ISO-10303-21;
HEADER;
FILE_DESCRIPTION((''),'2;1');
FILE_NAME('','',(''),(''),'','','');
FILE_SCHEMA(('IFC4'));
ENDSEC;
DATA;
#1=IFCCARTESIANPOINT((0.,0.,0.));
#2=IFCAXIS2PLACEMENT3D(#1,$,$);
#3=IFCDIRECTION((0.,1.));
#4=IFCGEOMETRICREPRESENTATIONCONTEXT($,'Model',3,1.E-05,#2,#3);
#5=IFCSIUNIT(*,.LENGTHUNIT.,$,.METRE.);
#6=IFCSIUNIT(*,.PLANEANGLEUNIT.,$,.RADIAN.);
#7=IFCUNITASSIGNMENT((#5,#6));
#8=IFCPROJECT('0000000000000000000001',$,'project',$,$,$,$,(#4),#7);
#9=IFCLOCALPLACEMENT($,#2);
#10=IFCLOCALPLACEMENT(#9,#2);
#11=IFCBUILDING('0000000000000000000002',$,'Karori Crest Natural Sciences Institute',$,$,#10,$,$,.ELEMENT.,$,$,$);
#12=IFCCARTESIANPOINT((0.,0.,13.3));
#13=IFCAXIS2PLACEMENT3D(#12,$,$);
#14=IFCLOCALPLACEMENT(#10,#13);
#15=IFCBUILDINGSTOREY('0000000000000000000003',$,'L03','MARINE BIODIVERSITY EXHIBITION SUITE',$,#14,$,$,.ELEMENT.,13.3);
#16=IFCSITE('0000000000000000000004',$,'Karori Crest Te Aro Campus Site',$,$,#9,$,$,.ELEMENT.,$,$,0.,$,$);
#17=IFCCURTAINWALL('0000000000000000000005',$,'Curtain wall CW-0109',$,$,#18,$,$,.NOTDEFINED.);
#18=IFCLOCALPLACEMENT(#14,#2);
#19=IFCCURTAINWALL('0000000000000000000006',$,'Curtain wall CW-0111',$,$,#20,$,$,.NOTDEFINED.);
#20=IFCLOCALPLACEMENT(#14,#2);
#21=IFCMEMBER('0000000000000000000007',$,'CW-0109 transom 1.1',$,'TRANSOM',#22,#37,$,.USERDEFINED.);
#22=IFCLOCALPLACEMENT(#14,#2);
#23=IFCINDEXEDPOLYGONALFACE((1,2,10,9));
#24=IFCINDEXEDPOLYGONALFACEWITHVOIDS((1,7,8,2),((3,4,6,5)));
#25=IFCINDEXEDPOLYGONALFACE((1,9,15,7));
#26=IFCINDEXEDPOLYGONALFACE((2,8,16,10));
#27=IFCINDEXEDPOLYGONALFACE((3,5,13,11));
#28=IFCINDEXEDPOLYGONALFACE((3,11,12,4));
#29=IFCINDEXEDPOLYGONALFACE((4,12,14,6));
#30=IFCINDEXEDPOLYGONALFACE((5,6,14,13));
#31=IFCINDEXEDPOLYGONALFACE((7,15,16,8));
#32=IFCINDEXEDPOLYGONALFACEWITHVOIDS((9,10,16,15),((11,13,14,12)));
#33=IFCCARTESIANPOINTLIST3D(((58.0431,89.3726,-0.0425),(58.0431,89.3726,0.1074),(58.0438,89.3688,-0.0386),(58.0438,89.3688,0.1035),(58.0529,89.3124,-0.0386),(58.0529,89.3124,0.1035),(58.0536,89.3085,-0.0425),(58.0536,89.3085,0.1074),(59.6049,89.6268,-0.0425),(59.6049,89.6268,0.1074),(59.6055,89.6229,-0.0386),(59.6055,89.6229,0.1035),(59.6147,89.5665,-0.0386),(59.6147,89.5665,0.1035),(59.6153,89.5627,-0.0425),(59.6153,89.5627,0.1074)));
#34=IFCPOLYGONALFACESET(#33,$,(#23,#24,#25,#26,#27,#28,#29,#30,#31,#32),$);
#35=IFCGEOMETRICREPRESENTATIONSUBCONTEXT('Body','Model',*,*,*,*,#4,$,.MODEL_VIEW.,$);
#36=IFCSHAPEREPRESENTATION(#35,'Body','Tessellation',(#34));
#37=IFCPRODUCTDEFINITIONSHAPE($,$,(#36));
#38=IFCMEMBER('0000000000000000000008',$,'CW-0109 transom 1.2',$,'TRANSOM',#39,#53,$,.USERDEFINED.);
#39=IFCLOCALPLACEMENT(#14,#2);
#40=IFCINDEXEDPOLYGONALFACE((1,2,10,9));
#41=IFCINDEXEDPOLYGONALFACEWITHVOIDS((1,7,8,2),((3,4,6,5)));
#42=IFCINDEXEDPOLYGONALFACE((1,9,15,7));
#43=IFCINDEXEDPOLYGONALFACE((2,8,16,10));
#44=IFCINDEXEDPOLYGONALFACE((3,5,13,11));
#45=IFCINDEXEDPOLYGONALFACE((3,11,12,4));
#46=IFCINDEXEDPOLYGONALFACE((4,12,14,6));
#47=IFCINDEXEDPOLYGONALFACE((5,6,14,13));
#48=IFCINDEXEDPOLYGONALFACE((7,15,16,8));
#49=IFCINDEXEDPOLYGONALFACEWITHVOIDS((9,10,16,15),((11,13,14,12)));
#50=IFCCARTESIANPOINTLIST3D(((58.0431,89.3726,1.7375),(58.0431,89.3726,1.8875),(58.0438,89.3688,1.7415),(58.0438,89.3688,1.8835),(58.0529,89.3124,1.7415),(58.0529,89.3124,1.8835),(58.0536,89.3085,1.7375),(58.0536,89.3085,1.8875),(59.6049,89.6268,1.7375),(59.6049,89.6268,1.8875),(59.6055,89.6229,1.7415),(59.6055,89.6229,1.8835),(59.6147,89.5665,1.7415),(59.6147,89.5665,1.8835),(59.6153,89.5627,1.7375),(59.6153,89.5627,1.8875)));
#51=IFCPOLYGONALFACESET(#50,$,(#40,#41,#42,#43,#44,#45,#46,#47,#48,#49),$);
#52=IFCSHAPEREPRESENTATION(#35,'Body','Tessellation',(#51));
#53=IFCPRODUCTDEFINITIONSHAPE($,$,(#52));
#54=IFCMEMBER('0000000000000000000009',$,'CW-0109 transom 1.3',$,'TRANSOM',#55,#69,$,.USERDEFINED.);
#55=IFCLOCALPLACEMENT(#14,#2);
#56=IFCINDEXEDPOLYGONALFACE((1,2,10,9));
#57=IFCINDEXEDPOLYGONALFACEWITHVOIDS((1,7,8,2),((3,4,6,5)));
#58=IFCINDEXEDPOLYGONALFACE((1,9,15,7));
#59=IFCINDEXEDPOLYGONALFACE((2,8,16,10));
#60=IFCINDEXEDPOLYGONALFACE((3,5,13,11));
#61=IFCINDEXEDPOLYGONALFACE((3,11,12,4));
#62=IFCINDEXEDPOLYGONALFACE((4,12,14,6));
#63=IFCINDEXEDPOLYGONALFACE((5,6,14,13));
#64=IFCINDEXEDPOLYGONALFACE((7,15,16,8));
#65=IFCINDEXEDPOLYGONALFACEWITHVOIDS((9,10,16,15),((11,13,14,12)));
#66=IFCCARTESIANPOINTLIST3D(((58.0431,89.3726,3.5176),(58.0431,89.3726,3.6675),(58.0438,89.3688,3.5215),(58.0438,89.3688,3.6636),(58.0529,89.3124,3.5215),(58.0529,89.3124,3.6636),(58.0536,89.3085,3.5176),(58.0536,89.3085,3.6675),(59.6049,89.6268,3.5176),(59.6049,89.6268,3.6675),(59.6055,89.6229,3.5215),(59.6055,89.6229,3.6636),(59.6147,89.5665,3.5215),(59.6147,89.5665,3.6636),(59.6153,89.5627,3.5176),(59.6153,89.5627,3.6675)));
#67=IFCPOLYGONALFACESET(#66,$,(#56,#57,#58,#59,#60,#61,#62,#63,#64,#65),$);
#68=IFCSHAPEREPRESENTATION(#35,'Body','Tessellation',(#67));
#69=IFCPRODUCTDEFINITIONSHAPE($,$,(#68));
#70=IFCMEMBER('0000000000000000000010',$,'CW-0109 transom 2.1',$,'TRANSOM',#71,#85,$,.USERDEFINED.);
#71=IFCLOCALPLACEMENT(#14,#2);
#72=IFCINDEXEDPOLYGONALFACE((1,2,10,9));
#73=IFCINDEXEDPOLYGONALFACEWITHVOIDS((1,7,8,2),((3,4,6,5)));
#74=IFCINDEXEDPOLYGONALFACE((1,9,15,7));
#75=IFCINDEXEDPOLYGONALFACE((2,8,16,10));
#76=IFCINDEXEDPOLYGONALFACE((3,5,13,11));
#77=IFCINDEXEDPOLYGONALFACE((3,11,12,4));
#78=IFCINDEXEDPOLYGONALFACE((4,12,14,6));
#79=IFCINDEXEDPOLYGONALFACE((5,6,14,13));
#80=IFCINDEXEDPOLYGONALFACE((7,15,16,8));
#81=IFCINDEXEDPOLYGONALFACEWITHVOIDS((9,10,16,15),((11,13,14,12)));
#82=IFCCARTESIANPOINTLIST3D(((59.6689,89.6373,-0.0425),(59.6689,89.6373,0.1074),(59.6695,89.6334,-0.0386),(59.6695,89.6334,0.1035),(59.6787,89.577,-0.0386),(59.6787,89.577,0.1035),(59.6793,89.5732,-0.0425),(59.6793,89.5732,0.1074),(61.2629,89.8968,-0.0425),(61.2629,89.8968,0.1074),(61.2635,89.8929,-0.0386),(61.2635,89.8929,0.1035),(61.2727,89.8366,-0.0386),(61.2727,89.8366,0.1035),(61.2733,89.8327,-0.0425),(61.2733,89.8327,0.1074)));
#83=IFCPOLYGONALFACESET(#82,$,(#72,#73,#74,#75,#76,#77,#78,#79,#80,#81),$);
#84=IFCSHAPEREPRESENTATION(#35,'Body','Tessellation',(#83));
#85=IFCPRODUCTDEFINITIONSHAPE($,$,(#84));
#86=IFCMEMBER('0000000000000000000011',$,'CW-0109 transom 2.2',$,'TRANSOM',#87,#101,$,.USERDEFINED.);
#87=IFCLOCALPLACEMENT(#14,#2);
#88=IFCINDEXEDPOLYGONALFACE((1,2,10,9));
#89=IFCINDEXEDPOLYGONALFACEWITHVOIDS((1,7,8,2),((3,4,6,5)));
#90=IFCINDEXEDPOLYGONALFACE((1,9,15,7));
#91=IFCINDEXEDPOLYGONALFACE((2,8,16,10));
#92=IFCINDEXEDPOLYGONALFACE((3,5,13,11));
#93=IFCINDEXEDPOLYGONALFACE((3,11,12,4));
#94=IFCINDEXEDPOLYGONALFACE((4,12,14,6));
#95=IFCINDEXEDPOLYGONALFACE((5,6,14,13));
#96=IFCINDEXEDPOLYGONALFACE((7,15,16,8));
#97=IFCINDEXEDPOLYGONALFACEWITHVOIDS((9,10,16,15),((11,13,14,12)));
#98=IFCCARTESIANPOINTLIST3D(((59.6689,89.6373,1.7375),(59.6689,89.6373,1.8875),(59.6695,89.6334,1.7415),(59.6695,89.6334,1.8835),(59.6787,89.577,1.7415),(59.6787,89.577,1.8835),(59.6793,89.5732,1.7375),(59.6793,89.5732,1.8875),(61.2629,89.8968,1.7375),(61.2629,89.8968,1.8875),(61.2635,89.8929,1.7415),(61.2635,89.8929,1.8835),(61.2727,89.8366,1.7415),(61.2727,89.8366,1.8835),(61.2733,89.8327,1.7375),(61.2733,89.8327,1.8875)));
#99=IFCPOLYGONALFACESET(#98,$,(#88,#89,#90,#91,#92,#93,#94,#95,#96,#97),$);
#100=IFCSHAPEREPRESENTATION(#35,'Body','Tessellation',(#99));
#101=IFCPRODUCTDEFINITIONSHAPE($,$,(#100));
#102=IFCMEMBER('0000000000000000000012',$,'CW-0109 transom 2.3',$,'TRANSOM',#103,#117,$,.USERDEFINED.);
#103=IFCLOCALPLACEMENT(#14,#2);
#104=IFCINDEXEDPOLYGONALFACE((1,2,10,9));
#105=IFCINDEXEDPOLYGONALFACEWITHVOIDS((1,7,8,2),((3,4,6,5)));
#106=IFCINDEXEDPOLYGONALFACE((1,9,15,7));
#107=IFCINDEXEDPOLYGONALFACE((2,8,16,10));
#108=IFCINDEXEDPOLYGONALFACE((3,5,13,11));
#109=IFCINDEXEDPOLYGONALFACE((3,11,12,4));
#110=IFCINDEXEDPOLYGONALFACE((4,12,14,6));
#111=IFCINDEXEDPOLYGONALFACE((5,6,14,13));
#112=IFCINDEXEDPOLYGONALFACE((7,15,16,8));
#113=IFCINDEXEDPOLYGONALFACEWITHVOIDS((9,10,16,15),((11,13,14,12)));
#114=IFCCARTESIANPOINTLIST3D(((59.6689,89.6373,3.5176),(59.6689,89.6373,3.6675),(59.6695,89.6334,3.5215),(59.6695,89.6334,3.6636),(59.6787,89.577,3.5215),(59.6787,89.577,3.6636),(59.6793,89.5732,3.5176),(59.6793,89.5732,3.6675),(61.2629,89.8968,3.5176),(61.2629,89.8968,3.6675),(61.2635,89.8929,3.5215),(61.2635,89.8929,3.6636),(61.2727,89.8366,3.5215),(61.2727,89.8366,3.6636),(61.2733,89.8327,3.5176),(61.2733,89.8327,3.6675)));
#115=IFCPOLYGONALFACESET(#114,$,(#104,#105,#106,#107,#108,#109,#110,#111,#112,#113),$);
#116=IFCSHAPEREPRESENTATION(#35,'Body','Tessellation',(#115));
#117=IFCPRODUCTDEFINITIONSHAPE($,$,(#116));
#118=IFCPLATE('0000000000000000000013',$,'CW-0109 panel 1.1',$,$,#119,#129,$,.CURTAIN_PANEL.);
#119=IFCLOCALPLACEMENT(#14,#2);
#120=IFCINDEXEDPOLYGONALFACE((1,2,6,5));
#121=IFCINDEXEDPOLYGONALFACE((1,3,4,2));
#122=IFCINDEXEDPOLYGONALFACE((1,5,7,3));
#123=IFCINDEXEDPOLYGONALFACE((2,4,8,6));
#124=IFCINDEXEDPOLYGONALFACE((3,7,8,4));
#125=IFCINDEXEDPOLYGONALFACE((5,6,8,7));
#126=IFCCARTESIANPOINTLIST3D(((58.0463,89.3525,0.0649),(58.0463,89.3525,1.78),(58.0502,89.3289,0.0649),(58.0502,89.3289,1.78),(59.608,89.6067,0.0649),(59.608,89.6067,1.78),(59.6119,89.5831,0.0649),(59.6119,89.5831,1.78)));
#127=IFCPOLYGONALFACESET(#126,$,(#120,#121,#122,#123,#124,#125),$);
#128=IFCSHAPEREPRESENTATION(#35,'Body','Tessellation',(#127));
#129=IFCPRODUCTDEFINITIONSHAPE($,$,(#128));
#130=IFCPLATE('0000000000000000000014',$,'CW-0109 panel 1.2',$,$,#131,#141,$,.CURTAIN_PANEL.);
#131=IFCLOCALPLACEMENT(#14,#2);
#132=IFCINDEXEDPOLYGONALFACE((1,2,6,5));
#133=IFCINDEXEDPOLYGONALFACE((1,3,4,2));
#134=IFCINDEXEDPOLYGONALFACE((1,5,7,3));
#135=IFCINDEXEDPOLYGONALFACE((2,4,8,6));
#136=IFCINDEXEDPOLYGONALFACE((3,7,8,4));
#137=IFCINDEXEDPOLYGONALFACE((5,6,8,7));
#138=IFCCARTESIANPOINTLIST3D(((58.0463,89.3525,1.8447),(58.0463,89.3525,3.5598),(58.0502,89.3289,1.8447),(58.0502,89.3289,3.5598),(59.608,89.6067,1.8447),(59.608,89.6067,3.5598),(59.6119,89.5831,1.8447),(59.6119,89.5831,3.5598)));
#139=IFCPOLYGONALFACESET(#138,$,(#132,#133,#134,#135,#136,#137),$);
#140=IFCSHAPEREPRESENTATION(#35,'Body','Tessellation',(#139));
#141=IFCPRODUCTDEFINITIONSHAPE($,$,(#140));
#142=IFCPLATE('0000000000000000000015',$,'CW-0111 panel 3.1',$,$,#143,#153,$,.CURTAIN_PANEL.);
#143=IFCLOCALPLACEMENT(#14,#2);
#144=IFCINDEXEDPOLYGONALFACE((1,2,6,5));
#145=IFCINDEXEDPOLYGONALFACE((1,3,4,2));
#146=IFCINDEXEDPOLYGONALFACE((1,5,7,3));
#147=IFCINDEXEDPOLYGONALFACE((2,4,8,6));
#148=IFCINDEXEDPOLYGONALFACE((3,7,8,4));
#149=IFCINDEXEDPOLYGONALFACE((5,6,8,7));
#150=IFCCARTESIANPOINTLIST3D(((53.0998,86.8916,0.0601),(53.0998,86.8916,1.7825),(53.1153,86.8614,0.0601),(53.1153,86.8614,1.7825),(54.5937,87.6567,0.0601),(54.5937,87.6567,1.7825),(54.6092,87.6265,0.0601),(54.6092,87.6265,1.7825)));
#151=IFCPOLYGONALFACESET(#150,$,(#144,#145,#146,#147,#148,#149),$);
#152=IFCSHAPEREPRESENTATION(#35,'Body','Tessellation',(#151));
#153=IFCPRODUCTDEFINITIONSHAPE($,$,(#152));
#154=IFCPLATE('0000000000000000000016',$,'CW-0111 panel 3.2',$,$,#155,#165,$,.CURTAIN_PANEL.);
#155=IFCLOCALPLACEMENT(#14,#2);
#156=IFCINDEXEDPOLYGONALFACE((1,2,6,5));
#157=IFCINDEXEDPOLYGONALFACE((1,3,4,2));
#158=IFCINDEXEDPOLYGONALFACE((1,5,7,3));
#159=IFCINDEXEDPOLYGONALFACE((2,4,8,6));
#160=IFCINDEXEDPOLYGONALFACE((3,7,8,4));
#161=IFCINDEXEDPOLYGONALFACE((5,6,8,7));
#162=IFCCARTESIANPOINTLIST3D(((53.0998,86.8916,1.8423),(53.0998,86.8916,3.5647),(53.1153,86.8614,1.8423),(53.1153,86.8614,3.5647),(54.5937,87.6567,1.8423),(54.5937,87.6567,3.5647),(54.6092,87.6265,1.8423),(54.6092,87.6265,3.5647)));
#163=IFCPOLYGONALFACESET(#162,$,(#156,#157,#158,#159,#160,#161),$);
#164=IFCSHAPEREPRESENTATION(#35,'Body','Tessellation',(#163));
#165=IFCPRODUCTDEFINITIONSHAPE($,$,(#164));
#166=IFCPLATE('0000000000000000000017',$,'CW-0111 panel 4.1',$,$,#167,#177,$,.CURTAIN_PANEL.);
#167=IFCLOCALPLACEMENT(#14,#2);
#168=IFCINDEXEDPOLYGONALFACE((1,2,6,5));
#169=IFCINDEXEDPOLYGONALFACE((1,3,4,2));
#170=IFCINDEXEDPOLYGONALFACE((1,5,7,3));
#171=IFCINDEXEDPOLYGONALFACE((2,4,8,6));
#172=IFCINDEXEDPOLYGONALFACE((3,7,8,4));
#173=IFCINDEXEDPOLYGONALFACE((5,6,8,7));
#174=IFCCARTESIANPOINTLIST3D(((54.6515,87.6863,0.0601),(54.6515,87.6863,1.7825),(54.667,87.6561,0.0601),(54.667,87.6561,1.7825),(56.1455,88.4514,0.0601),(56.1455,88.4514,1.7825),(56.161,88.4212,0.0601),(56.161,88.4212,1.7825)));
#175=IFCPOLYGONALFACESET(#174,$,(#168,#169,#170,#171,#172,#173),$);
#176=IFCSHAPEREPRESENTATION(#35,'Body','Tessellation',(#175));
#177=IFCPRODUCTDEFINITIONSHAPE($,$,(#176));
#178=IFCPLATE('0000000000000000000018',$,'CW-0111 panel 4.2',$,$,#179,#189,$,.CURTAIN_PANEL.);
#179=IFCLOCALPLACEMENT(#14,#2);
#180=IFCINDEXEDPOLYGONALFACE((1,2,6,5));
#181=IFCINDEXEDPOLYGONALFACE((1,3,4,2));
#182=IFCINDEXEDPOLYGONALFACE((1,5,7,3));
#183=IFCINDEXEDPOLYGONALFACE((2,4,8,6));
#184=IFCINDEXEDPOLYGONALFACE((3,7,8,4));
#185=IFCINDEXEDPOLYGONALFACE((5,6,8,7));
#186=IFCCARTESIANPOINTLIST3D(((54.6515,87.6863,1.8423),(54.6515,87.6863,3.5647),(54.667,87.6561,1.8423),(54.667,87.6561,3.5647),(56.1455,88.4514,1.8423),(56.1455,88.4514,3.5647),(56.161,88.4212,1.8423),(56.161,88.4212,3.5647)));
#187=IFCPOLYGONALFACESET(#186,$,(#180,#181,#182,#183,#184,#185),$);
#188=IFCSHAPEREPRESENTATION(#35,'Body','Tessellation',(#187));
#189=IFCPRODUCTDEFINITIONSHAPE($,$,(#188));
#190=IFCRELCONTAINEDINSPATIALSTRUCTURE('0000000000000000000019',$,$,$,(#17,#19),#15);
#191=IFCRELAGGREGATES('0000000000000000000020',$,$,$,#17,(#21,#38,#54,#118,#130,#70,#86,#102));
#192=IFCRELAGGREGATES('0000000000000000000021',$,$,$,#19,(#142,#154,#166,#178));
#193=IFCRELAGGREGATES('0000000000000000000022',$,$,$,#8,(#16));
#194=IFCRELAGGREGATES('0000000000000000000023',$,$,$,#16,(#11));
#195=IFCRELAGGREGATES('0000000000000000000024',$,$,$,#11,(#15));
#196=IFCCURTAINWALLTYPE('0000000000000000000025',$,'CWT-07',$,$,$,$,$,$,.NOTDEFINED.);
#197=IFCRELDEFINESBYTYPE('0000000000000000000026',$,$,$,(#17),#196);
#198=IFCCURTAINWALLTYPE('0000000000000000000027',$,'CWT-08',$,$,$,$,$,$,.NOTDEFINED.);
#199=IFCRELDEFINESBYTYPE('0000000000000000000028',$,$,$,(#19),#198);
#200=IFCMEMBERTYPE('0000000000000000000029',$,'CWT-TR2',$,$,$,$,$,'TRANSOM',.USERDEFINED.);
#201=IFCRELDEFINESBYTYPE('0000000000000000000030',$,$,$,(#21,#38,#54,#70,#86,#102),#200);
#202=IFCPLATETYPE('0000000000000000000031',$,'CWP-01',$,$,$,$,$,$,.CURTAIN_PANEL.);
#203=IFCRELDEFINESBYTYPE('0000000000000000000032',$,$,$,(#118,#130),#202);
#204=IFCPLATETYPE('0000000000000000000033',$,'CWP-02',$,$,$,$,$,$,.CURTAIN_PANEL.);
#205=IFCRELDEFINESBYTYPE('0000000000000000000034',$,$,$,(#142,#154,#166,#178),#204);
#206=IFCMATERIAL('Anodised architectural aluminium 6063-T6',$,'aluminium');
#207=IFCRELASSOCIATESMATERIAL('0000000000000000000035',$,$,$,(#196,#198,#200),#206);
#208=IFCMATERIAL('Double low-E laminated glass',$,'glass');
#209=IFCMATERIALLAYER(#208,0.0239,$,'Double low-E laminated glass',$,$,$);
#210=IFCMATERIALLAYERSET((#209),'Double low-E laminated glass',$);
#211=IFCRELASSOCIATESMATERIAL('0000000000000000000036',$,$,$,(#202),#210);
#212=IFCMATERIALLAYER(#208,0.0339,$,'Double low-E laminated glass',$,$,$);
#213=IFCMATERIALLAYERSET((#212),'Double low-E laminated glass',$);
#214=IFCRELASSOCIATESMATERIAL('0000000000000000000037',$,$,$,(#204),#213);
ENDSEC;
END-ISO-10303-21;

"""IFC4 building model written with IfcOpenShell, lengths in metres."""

from ifc_helpers import new_model, si_unit, direction, frame, origin, origin_2d, place, context, subcontext, project, spatial, rectangle, hollow_rectangle, extrude, material, layer, layer_set, material_profile, profile_set, type_object, element, aggregate, save


model = new_model("IFC4")

# Units and contexts
model_context = context("Model", 3, precision=1e-05, world=origin(), true_north=direction((0.0, 1.0)))
body_context = subcontext(model_context, "Body", "Model", "MODEL_VIEW")
ifc_project = project(units=[si_unit("LENGTHUNIT", "METRE"), si_unit("PLANEANGLEUNIT", "RADIAN")], contexts=[model_context])

# Site, building, storey
site_placement = place(None, origin())
site = spatial("IfcSite", under=ifc_project, at=site_placement, Name="Karori Crest Te Aro Campus Site", CompositionType="ELEMENT", RefElevation=0.0)
building_placement = place(site_placement, origin())
building = spatial("IfcBuilding", under=site, at=building_placement, Name="Karori Crest Natural Sciences Institute", CompositionType="ELEMENT")
storey_placement = place(building_placement, frame((0.0, 0.0, 13.3)))
storey = spatial("IfcBuildingStorey", under=building, at=storey_placement, Name="L03", Description="MARINE BIODIVERSITY EXHIBITION SUITE", CompositionType="ELEMENT", Elevation=13.3)

# Curtain walls
ifc_material_1 = material(Name="Anodised architectural aluminium 6063-T6", Category="aluminium")
curtain_wall_type_1 = type_object("IfcCurtainWallType", Name="CWT-07", PredefinedType="NOTDEFINED", material=ifc_material_1)
curtain_wall_1_placement = place(storey_placement, origin())
curtain_wall_1 = element("IfcCurtainWall", 1, at=curtain_wall_1_placement, inside=storey, type_object=curtain_wall_type_1, Name="Curtain wall CW-0109", PredefinedType="NOTDEFINED")
curtain_wall_type_2 = type_object("IfcCurtainWallType", Name="CWT-08", PredefinedType="NOTDEFINED", material=ifc_material_1)
curtain_wall_2_placement = place(storey_placement, origin())
curtain_wall_2 = element("IfcCurtainWall", 2, at=curtain_wall_2_placement, inside=storey, type_object=curtain_wall_type_2, Name="Curtain wall CW-0111", PredefinedType="NOTDEFINED")

# Members
ifc_material_profile_1 = material_profile(ifc_material_1, hollow_rectangle(XDim=0.0649, YDim=0.1499, WallThickness=0.0039, at=origin_2d()), Name="CWT150x65x4")
ifc_profile_set_1 = profile_set([ifc_material_profile_1], Name="Anodised architectural aluminium 6063-T6")
member_type_1 = type_object("IfcMemberType", Name="CWT-TR2", ElementType="TRANSOM", PredefinedType="USERDEFINED", material=ifc_profile_set_1)
member_1_placement = place(storey_placement, frame((58.0483, 89.3406, 0.0325), z_axis=(0.987016, 0.16062, 0.0), x_axis=(-0.16062, 0.987016, 0.0)))
member_1 = element("IfcMember", 3, at=member_1_placement, type_object=member_type_1, Name="CW-0109 transom 1.1", ObjectType="TRANSOM", PredefinedType="USERDEFINED", context=body_context, shape_type="SweptSolid", body=[
    extrude(hollow_rectangle(XDim=0.0649, YDim=0.1499, WallThickness=0.0039, at=origin_2d()), origin(), (0.0, 0.0, 1.0), 1.5823),
])
member_2_placement = place(storey_placement, frame((58.0483, 89.3406, 1.8125), z_axis=(0.987016, 0.16062, 0.0), x_axis=(-0.16062, 0.987016, 0.0)))
member_2 = element("IfcMember", 4, at=member_2_placement, type_object=member_type_1, Name="CW-0109 transom 1.2", ObjectType="TRANSOM", PredefinedType="USERDEFINED", context=body_context, shape_type="SweptSolid", body=[
    extrude(hollow_rectangle(XDim=0.0649, YDim=0.1499, WallThickness=0.0039, at=origin_2d()), origin(), (0.0, 0.0, 1.0), 1.5823),
])
member_3_placement = place(storey_placement, frame((58.0483, 89.3406, 3.5925), z_axis=(0.987016, 0.16062, 0.0), x_axis=(-0.16062, 0.987016, 0.0)))
member_3 = element("IfcMember", 5, at=member_3_placement, type_object=member_type_1, Name="CW-0109 transom 1.3", ObjectType="TRANSOM", PredefinedType="USERDEFINED", context=body_context, shape_type="SweptSolid", body=[
    extrude(hollow_rectangle(XDim=0.0649, YDim=0.1499, WallThickness=0.0039, at=origin_2d()), origin(), (0.0, 0.0, 1.0), 1.5823),
])
member_4_placement = place(storey_placement, frame((59.6741, 89.6052, 0.0325), z_axis=(0.987004, 0.160696, 0.0), x_axis=(-0.160696, 0.987004, 0.0)))
member_4 = element("IfcMember", 6, at=member_4_placement, type_object=member_type_1, Name="CW-0109 transom 2.1", ObjectType="TRANSOM", PredefinedType="USERDEFINED", context=body_context, shape_type="SweptSolid", body=[
    extrude(hollow_rectangle(XDim=0.0649, YDim=0.1499, WallThickness=0.0039, at=origin_2d()), origin(), (0.0, 0.0, 1.0), 1.615),
])
member_5_placement = place(storey_placement, frame((59.6741, 89.6052, 1.8125), z_axis=(0.987004, 0.160696, 0.0), x_axis=(-0.160696, 0.987004, 0.0)))
member_5 = element("IfcMember", 7, at=member_5_placement, type_object=member_type_1, Name="CW-0109 transom 2.2", ObjectType="TRANSOM", PredefinedType="USERDEFINED", context=body_context, shape_type="SweptSolid", body=[
    extrude(hollow_rectangle(XDim=0.0649, YDim=0.1499, WallThickness=0.0039, at=origin_2d()), origin(), (0.0, 0.0, 1.0), 1.615),
])
member_6_placement = place(storey_placement, frame((59.6741, 89.6052, 3.5925), z_axis=(0.987004, 0.160696, 0.0), x_axis=(-0.160696, 0.987004, 0.0)))
member_6 = element("IfcMember", 8, at=member_6_placement, type_object=member_type_1, Name="CW-0109 transom 2.3", ObjectType="TRANSOM", PredefinedType="USERDEFINED", context=body_context, shape_type="SweptSolid", body=[
    extrude(hollow_rectangle(XDim=0.0649, YDim=0.1499, WallThickness=0.0039, at=origin_2d()), origin(), (0.0, 0.0, 1.0), 1.615),
])

# Plates
ifc_material_2 = material(Name="Double low-E laminated glass", Category="glass")
ifc_layer_1 = layer(ifc_material_2, 0.0239, Name="Double low-E laminated glass")
ifc_layer_set_1 = layer_set([ifc_layer_1], Name="Double low-E laminated glass")
plate_type_1 = type_object("IfcPlateType", Name="CWP-01", PredefinedType="CURTAIN_PANEL", material=ifc_layer_set_1)
plate_1_placement = place(storey_placement, frame((58.8291, 89.4678, 0.0649), z_axis=(0.0, 0.0, 1.0), x_axis=(0.987011, 0.16065, 0.0)))
plate_1 = element("IfcPlate", 9, at=plate_1_placement, type_object=plate_type_1, Name="CW-0109 panel 1.1", PredefinedType="CURTAIN_PANEL", context=body_context, shape_type="SweptSolid", body=[
    extrude(rectangle(XDim=1.5823, YDim=0.0239, at=origin_2d()), origin(), (0.0, 0.0, 1.0), 1.7151),
])
plate_2_placement = place(storey_placement, frame((58.8291, 89.4678, 1.8447), z_axis=(0.0, 0.0, 1.0), x_axis=(0.987011, 0.16065, 0.0)))
plate_2 = element("IfcPlate", 10, at=plate_2_placement, type_object=plate_type_1, Name="CW-0109 panel 1.2", PredefinedType="CURTAIN_PANEL", context=body_context, shape_type="SweptSolid", body=[
    extrude(rectangle(XDim=1.5823, YDim=0.0239, at=origin_2d()), origin(), (0.0, 0.0, 1.0), 1.7151),
])
aggregate(curtain_wall_1, [member_1, member_2, member_3, plate_1, plate_2, member_4, member_5, member_6])
ifc_layer_2 = layer(ifc_material_2, 0.0339, Name="Double low-E laminated glass")
ifc_layer_set_2 = layer_set([ifc_layer_2], Name="Double low-E laminated glass")
plate_type_2 = type_object("IfcPlateType", Name="CWP-02", PredefinedType="CURTAIN_PANEL", material=ifc_layer_set_2)
plate_3_placement = place(storey_placement, frame((53.8545, 87.259, 0.0601), z_axis=(0.0, 0.0, 1.0), x_axis=(0.890067, 0.455829, 0.0)))
plate_3 = element("IfcPlate", 11, at=plate_3_placement, type_object=plate_type_2, Name="CW-0111 panel 3.1", PredefinedType="CURTAIN_PANEL", context=body_context, shape_type="SweptSolid", body=[
    extrude(rectangle(XDim=1.6785, YDim=0.0339, at=origin_2d()), origin(), (0.0, 0.0, 1.0), 1.7224),
])
plate_4_placement = place(storey_placement, frame((53.8545, 87.259, 1.8423), z_axis=(0.0, 0.0, 1.0), x_axis=(0.890067, 0.455829, 0.0)))
plate_4 = element("IfcPlate", 12, at=plate_4_placement, type_object=plate_type_2, Name="CW-0111 panel 3.2", PredefinedType="CURTAIN_PANEL", context=body_context, shape_type="SweptSolid", body=[
    extrude(rectangle(XDim=1.6785, YDim=0.0339, at=origin_2d()), origin(), (0.0, 0.0, 1.0), 1.7224),
])
plate_5_placement = place(storey_placement, frame((55.4062, 88.0537, 0.0601), z_axis=(0.0, 0.0, 1.0), x_axis=(0.890067, 0.455829, 0.0)))
plate_5 = element("IfcPlate", 13, at=plate_5_placement, type_object=plate_type_2, Name="CW-0111 panel 4.1", PredefinedType="CURTAIN_PANEL", context=body_context, shape_type="SweptSolid", body=[
    extrude(rectangle(XDim=1.6785, YDim=0.0339, at=origin_2d()), origin(), (0.0, 0.0, 1.0), 1.7224),
])
plate_6_placement = place(storey_placement, frame((55.4062, 88.0537, 1.8423), z_axis=(0.0, 0.0, 1.0), x_axis=(0.890067, 0.455829, 0.0)))
plate_6 = element("IfcPlate", 14, at=plate_6_placement, type_object=plate_type_2, Name="CW-0111 panel 4.2", PredefinedType="CURTAIN_PANEL", context=body_context, shape_type="SweptSolid", body=[
    extrude(rectangle(XDim=1.6785, YDim=0.0339, at=origin_2d()), origin(), (0.0, 0.0, 1.0), 1.7224),
])
aggregate(curtain_wall_2, [plate_3, plate_4, plate_5, plate_6])

save(model, "model.ifc")
